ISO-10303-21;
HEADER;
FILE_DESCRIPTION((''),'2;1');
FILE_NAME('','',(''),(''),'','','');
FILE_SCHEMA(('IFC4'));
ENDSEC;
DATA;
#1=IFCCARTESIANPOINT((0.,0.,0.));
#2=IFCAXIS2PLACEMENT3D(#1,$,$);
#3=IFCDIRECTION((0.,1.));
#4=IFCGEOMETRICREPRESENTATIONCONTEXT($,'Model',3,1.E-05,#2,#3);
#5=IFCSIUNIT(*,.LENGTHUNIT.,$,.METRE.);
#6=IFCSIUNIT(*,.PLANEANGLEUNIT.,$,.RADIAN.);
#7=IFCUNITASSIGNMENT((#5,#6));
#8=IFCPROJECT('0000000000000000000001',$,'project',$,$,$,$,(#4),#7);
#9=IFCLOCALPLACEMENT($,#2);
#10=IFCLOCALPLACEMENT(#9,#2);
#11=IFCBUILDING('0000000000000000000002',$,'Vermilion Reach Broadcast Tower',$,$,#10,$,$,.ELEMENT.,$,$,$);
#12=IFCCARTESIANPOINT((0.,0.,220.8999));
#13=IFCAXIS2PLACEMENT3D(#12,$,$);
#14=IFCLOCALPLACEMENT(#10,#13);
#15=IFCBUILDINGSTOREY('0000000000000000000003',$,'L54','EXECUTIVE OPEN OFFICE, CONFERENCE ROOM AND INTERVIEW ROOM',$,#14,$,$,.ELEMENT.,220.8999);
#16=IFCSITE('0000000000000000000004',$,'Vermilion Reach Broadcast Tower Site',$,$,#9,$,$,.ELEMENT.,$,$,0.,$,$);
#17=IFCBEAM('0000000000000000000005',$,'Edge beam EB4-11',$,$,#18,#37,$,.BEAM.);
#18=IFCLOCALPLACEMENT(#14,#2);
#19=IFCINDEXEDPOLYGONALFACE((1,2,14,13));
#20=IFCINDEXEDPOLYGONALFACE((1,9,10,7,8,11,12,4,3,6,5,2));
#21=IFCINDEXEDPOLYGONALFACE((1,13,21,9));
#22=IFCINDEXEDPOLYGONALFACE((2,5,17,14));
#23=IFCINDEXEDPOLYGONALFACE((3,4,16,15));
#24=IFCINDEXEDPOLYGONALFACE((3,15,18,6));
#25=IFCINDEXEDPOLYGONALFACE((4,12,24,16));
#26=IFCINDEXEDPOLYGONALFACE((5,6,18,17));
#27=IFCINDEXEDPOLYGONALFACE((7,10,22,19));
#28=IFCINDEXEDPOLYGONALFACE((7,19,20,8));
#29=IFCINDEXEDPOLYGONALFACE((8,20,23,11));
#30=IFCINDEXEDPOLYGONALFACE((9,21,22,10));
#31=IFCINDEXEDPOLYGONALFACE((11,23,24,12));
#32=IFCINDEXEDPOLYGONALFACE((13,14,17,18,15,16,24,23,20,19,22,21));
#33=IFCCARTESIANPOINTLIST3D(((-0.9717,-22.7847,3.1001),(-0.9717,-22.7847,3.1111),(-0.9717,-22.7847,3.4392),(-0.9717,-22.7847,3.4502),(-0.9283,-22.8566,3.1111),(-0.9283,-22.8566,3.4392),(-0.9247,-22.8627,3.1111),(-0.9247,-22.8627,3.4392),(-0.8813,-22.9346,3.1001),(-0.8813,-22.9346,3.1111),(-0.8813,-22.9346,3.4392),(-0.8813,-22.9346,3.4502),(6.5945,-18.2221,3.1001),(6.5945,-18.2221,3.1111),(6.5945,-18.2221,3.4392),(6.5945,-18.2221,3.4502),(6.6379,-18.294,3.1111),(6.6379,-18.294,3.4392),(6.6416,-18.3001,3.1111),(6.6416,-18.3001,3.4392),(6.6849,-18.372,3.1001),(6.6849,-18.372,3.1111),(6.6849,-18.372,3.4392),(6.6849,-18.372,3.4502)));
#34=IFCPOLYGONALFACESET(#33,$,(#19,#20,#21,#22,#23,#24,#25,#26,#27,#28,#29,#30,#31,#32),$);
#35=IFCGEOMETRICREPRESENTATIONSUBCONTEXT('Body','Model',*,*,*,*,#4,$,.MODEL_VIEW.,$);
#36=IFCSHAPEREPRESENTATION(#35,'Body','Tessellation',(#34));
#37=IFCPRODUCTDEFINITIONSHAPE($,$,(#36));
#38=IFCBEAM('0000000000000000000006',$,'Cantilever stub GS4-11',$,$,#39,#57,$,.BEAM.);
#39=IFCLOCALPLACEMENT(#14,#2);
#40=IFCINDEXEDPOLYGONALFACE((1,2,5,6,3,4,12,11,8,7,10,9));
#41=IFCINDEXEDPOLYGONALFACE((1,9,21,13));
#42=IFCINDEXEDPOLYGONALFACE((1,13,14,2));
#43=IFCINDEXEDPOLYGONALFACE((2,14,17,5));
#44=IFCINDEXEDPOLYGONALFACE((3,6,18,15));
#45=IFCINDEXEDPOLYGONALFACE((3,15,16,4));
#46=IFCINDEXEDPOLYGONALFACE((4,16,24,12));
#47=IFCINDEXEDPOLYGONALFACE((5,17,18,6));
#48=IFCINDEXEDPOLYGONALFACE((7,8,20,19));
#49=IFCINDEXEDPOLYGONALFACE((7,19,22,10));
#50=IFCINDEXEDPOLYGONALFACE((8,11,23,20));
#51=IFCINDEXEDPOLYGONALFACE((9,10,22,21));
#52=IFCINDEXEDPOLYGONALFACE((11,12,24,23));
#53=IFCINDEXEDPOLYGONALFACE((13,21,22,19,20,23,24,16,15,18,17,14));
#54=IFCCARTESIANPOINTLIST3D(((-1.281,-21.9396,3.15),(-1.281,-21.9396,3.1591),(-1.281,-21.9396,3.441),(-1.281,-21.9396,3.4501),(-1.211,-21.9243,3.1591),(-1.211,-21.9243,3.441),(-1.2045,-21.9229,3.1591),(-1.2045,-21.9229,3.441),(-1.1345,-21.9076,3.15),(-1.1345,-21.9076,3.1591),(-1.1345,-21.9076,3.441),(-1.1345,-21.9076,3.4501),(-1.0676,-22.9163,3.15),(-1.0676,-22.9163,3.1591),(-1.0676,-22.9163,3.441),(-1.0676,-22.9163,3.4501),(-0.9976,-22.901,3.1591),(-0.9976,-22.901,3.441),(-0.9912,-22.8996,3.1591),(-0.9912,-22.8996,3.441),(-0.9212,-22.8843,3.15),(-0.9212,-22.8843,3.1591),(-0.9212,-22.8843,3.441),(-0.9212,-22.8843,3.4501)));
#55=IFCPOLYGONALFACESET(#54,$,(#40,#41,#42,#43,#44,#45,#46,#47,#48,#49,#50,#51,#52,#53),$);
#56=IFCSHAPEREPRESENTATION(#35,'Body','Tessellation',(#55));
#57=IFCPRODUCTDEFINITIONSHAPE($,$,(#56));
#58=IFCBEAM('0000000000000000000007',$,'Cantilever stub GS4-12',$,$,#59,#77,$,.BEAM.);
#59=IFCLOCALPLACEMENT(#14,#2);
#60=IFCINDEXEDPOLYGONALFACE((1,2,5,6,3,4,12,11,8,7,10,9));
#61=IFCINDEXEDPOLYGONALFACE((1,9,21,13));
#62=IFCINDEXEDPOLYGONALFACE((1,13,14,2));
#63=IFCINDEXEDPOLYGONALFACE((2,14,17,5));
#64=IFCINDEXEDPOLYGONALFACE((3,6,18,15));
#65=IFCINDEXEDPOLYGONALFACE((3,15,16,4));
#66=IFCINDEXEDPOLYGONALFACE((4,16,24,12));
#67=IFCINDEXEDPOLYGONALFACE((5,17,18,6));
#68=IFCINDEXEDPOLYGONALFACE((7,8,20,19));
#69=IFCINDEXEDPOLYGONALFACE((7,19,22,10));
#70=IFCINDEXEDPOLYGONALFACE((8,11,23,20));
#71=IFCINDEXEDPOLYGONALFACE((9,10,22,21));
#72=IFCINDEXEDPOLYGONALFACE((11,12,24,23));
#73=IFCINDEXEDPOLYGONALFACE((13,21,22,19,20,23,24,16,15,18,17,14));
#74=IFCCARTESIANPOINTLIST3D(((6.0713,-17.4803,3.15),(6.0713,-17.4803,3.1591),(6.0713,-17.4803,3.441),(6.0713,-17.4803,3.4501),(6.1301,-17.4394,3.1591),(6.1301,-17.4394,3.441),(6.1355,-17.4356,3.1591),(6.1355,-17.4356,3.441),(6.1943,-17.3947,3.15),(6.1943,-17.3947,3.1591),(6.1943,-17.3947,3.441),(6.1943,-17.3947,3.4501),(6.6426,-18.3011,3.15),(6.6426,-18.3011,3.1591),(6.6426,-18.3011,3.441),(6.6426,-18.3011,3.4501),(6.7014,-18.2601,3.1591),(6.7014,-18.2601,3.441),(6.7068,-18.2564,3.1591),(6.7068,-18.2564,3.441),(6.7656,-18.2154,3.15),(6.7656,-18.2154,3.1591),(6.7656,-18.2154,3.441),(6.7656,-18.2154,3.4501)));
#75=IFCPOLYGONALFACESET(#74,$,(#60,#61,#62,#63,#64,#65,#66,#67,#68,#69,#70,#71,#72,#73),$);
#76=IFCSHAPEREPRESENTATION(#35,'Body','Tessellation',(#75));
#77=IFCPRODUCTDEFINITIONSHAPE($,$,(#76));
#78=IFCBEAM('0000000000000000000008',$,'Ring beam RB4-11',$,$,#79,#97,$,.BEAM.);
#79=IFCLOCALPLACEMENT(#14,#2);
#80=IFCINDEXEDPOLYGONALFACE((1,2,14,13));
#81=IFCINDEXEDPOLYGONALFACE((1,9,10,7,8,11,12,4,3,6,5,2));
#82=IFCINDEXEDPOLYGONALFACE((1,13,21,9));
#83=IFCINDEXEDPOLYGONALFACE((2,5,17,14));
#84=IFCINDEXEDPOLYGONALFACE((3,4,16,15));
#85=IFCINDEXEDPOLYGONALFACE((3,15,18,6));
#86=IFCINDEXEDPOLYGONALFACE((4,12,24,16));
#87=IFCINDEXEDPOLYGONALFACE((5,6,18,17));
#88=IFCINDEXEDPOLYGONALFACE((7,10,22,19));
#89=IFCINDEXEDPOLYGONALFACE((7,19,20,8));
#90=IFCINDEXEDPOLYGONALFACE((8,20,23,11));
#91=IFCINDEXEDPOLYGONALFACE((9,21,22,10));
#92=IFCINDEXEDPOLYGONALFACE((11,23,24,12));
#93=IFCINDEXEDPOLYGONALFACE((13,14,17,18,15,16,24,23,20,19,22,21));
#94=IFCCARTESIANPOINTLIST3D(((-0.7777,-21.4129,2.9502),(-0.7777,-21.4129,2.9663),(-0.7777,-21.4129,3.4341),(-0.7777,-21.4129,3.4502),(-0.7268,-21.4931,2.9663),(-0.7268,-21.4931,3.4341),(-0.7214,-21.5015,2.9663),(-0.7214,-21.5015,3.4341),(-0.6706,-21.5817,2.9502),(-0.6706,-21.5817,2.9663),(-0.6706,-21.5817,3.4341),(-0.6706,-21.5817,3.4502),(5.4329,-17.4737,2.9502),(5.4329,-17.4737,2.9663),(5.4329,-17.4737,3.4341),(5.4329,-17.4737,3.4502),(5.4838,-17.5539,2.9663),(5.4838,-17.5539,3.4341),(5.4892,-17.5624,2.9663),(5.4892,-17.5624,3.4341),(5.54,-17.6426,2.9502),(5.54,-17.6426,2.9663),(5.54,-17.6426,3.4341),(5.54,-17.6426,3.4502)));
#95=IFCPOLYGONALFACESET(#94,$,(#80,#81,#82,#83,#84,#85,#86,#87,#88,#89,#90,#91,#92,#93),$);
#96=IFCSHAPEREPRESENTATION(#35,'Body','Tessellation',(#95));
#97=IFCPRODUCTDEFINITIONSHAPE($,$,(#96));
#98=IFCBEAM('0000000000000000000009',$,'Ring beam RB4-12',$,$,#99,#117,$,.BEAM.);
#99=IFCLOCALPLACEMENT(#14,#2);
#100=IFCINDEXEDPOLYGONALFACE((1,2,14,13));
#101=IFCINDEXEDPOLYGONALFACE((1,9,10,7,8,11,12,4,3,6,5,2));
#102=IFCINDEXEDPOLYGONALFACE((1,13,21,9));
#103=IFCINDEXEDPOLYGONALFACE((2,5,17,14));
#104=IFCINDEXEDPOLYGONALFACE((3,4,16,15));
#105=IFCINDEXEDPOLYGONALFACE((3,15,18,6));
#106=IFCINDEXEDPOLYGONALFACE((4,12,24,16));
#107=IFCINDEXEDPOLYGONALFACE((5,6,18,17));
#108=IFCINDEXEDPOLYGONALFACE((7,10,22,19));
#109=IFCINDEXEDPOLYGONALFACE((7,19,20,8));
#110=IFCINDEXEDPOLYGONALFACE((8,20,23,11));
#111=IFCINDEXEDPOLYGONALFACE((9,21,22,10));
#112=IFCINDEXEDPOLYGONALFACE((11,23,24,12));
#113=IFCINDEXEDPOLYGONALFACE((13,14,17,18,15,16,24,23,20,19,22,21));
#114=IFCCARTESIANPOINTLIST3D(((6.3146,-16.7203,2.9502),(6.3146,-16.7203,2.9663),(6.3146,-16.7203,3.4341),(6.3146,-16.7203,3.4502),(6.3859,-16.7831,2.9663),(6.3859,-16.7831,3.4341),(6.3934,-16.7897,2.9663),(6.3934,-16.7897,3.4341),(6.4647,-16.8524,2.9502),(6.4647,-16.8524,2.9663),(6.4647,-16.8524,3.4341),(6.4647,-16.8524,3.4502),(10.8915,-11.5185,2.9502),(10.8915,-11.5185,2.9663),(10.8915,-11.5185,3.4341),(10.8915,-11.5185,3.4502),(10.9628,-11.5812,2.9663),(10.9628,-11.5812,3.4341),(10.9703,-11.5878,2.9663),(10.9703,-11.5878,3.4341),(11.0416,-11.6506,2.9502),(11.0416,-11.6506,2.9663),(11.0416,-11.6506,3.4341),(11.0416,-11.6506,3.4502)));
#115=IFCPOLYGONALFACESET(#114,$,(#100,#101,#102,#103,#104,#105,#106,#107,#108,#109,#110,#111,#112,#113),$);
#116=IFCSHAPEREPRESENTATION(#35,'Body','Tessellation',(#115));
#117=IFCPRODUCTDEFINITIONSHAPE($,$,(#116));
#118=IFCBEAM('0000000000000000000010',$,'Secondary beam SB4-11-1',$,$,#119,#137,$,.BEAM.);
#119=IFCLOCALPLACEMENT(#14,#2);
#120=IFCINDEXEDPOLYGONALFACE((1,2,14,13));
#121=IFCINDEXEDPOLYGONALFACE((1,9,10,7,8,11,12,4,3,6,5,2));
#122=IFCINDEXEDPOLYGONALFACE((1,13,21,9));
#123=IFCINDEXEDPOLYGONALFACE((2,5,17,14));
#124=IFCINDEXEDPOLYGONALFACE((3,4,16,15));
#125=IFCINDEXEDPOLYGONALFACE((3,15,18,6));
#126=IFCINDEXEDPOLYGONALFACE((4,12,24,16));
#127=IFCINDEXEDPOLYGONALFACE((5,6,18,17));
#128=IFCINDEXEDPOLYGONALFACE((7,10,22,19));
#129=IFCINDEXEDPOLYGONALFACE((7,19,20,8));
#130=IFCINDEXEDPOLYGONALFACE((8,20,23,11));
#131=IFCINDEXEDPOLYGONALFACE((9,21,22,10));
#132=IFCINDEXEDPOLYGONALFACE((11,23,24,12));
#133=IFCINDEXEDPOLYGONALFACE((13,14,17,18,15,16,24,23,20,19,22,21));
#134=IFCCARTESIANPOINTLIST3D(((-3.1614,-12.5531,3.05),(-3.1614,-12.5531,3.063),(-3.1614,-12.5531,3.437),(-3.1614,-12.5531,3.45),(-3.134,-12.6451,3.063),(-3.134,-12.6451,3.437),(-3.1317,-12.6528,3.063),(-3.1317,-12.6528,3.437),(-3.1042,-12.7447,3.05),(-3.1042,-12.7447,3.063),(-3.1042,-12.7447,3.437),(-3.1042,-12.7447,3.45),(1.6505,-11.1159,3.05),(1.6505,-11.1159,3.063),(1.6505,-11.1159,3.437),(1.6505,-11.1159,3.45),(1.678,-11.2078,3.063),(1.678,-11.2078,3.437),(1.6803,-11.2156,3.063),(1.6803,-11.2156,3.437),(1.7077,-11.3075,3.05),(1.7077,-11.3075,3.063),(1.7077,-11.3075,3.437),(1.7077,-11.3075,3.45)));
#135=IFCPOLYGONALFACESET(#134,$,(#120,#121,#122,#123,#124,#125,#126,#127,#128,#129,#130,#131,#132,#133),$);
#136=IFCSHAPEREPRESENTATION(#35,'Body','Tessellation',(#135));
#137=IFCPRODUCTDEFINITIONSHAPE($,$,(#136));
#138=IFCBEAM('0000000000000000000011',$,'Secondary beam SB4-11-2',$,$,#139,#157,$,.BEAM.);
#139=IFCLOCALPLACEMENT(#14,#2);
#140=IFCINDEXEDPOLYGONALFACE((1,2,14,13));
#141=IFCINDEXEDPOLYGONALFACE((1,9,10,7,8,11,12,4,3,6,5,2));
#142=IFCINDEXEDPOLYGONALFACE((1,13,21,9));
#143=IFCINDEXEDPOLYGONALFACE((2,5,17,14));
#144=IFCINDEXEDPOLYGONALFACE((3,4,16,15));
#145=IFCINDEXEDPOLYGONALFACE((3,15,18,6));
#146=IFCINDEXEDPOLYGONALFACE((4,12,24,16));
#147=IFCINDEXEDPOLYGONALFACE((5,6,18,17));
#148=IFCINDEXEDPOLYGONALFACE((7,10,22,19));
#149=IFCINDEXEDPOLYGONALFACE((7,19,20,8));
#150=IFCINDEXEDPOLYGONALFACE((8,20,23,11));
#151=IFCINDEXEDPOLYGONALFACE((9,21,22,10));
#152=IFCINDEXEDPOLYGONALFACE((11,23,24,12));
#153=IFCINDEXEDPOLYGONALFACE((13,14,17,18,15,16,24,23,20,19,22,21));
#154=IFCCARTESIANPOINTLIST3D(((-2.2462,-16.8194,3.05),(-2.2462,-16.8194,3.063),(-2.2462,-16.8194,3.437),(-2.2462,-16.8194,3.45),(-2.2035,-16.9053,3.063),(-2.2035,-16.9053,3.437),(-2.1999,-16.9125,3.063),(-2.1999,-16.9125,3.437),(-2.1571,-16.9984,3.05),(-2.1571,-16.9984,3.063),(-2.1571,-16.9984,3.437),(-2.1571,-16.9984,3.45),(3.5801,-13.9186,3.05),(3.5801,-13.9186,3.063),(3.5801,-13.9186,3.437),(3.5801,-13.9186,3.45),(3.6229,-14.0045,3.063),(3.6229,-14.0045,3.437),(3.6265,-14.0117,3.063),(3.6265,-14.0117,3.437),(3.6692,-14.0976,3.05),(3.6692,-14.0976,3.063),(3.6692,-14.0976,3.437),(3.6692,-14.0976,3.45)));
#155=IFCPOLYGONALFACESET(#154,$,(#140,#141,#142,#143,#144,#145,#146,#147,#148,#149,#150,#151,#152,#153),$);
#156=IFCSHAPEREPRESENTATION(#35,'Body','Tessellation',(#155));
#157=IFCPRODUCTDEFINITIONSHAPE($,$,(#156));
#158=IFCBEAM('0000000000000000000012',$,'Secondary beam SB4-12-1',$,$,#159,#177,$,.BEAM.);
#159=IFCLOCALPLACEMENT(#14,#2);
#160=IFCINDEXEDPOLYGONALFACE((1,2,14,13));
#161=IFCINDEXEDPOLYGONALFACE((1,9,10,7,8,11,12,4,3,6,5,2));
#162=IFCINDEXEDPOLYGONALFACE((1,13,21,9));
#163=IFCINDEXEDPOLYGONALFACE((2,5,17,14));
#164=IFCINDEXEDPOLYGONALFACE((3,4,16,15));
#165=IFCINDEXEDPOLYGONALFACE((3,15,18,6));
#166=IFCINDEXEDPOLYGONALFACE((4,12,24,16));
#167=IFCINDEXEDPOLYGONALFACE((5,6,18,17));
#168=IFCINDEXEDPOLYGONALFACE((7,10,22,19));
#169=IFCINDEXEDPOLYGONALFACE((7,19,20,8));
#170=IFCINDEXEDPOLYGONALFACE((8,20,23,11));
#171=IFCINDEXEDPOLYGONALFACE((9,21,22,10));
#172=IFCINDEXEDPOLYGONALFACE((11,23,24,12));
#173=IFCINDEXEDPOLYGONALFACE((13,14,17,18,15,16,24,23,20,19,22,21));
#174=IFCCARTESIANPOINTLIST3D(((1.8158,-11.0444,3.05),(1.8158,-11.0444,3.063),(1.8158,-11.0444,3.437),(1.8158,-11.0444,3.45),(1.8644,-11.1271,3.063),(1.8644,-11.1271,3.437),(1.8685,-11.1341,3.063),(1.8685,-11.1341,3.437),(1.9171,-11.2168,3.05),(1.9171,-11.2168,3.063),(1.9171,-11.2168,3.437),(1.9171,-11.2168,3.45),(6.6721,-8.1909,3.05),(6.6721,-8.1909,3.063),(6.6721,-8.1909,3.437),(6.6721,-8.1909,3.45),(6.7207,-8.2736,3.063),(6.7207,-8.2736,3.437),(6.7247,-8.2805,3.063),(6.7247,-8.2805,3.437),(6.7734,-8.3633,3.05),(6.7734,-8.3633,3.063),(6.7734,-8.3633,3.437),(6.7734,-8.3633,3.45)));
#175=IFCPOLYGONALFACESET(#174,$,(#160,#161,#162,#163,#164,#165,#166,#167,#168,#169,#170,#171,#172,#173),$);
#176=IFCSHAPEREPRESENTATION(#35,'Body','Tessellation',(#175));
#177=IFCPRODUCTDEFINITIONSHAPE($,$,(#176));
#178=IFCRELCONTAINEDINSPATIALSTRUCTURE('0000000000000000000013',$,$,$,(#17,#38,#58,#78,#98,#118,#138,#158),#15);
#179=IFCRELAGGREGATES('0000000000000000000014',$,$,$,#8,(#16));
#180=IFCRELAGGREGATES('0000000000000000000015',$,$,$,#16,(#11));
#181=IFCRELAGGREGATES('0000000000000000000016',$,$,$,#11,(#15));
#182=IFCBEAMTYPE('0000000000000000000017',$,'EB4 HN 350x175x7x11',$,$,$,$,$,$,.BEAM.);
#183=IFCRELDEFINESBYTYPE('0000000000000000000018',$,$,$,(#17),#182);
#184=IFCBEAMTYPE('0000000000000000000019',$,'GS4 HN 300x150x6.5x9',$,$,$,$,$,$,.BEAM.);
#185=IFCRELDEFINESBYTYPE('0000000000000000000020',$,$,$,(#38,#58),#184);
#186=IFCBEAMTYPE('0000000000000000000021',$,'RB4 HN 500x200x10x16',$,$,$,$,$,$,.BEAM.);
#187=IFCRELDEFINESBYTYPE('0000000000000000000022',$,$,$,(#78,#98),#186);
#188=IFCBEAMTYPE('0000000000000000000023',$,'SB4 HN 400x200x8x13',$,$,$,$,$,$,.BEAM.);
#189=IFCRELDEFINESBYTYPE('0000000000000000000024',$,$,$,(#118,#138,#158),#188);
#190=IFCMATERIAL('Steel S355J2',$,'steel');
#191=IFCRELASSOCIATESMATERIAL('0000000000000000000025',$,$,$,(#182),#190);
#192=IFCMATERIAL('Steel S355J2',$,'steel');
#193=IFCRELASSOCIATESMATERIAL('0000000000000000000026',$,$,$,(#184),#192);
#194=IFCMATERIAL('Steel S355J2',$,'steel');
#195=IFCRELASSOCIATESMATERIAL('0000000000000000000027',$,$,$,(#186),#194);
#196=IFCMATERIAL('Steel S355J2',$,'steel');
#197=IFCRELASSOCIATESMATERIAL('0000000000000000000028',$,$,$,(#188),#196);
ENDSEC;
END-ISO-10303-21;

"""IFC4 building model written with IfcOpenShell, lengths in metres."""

from ifc_helpers import new_model, si_unit, direction, frame, origin, origin_2d, place, context, subcontext, project, spatial, i_section, extrude, material, material_profile, profile_set, type_object, element, save


model = new_model("IFC4")

# Units and contexts
model_context = context("Model", 3, precision=1e-05, world=origin(), true_north=direction((0.0, 1.0)))
body_context = subcontext(model_context, "Body", "Model", "MODEL_VIEW")
ifc_project = project(units=[si_unit("LENGTHUNIT", "METRE"), si_unit("PLANEANGLEUNIT", "RADIAN")], contexts=[model_context])

# Site, building, storey
site_placement = place(None, origin())
site = spatial("IfcSite", under=ifc_project, at=site_placement, Name="Vermilion Reach Broadcast Tower Site", CompositionType="ELEMENT", RefElevation=0.0)
building_placement = place(site_placement, origin())
building = spatial("IfcBuilding", under=site, at=building_placement, Name="Vermilion Reach Broadcast Tower", CompositionType="ELEMENT")
storey_placement = place(building_placement, frame((0.0, 0.0, 220.8999)))
storey = spatial("IfcBuildingStorey", under=building, at=storey_placement, Name="L54", Description="EXECUTIVE OPEN OFFICE, CONFERENCE ROOM AND INTERVIEW ROOM", CompositionType="ELEMENT", Elevation=220.8999)

# Beams
ifc_material_1 = material(Name="Steel S355J2", Category="steel")
ifc_material_profile_1 = material_profile(ifc_material_1, i_section(OverallWidth=0.175, OverallDepth=0.3501, WebThickness=0.0071, FlangeThickness=0.011, at=origin_2d()), Name="S355J2 HN 350x175x7x11")
ifc_profile_set_1 = profile_set([ifc_material_profile_1], Name="Steel S355J2")
beam_type_1 = type_object("IfcBeamType", Name="EB4 HN 350x175x7x11", PredefinedType="BEAM", material=ifc_profile_set_1)
beam_1_placement = place(storey_placement, frame((-0.9265, -22.8596, 3.2751), z_axis=(0.856352, 0.516392, 0.0), x_axis=(-0.516392, 0.856352, 0.0)))
element("IfcBeam", 1, at=beam_1_placement, inside=storey, type_object=beam_type_1, Name="Edge beam EB4-11", PredefinedType="BEAM", context=body_context, shape_type="SweptSolid", body=[
    extrude(i_section(OverallWidth=0.175, OverallDepth=0.3501, WebThickness=0.0071, FlangeThickness=0.011, at=origin_2d()), origin(), (0.0, 0.0, 1.0), 8.8354),
])
ifc_material_2 = material(Name="Steel S355J2", Category="steel")
ifc_material_profile_2 = material_profile(ifc_material_2, i_section(OverallWidth=0.1499, OverallDepth=0.3, WebThickness=0.0066, FlangeThickness=0.009, at=origin_2d()), Name="S355J2 HN 300x150x6.5x9")
ifc_profile_set_2 = profile_set([ifc_material_profile_2], Name="Steel S355J2")
beam_type_2 = type_object("IfcBeamType", Name="GS4 HN 300x150x6.5x9", PredefinedType="BEAM", material=ifc_profile_set_2)
beam_2_placement = place(storey_placement, frame((-1.2078, -21.9236, 3.3), z_axis=(0.213413, -0.976962, 0.0), x_axis=(0.976962, 0.213413, 0.0)))
element("IfcBeam", 2, at=beam_2_placement, inside=storey, type_object=beam_type_2, Name="Cantilever stub GS4-11", PredefinedType="BEAM", context=body_context, shape_type="SweptSolid", body=[
    extrude(i_section(OverallWidth=0.1499, OverallDepth=0.3, WebThickness=0.0066, FlangeThickness=0.009, at=origin_2d()), origin(), (0.0, 0.0, 1.0), 0.9998),
])
beam_3_placement = place(storey_placement, frame((6.1328, -17.4375, 3.3), z_axis=(0.571265, -0.820766, 0.0), x_axis=(0.820766, 0.571265, 0.0)))
element("IfcBeam", 3, at=beam_3_placement, inside=storey, type_object=beam_type_2, Name="Cantilever stub GS4-12", PredefinedType="BEAM", context=body_context, shape_type="SweptSolid", body=[
    extrude(i_section(OverallWidth=0.1499, OverallDepth=0.3, WebThickness=0.0066, FlangeThickness=0.009, at=origin_2d()), origin(), (0.0, 0.0, 1.0), 1.0),
])
ifc_material_3 = material(Name="Steel S355J2", Category="steel")
ifc_material_profile_3 = material_profile(ifc_material_3, i_section(OverallWidth=0.2, OverallDepth=0.5, WebThickness=0.01, FlangeThickness=0.0161, at=origin_2d()), Name="S355J2 HN 500x200x10x16")
ifc_profile_set_3 = profile_set([ifc_material_profile_3], Name="Steel S355J2")
beam_type_3 = type_object("IfcBeamType", Name="RB4 HN 500x200x10x16", PredefinedType="BEAM", material=ifc_profile_set_3)
beam_4_placement = place(storey_placement, frame((-0.7241, -21.4973, 3.2002), z_axis=(0.844464, 0.535612, 0.0), x_axis=(-0.535612, 0.844464, 0.0)))
element("IfcBeam", 4, at=beam_4_placement, inside=storey, type_object=beam_type_3, Name="Ring beam RB4-11", PredefinedType="BEAM", context=body_context, shape_type="SweptSolid", body=[
    extrude(i_section(OverallWidth=0.2, OverallDepth=0.5, WebThickness=0.01, FlangeThickness=0.0161, at=origin_2d()), origin(), (0.0, 0.0, 1.0), 7.3545),
])
beam_5_placement = place(storey_placement, frame((6.3896, -16.7864, 3.2002), z_axis=(0.660565, 0.750769, 0.0), x_axis=(-0.750769, 0.660565, 0.0)))
element("IfcBeam", 5, at=beam_5_placement, inside=storey, type_object=beam_type_3, Name="Ring beam RB4-12", PredefinedType="BEAM", context=body_context, shape_type="SweptSolid", body=[
    extrude(i_section(OverallWidth=0.2, OverallDepth=0.5, WebThickness=0.01, FlangeThickness=0.0161, at=origin_2d()), origin(), (0.0, 0.0, 1.0), 6.9287),
])
ifc_material_4 = material(Name="Steel S355J2", Category="steel")
ifc_material_profile_4 = material_profile(ifc_material_4, i_section(OverallWidth=0.2, OverallDepth=0.3999, WebThickness=0.0081, FlangeThickness=0.0129, at=origin_2d()), Name="S355J2 HN 400x200x8x13")
ifc_profile_set_4 = profile_set([ifc_material_profile_4], Name="Steel S355J2")
beam_type_4 = type_object("IfcBeamType", Name="SB4 HN 400x200x8x13", PredefinedType="BEAM", material=ifc_profile_set_4)
beam_6_placement = place(storey_placement, frame((-3.1328, -12.6489, 3.25), z_axis=(0.958173, 0.286188, 0.0), x_axis=(-0.286188, 0.958173, 0.0)))
element("IfcBeam", 6, at=beam_6_placement, inside=storey, type_object=beam_type_4, Name="Secondary beam SB4-11-1", PredefinedType="BEAM", context=body_context, shape_type="SweptSolid", body=[
    extrude(i_section(OverallWidth=0.2, OverallDepth=0.3999, WebThickness=0.0081, FlangeThickness=0.0129, at=origin_2d()), origin(), (0.0, 0.0, 1.0), 5.022),
])
beam_7_placement = place(storey_placement, frame((-2.2017, -16.9089, 3.25), z_axis=(0.895184, 0.445698, 0.0), x_axis=(-0.445698, 0.895184, 0.0)))
element("IfcBeam", 7, at=beam_7_placement, inside=storey, type_object=beam_type_4, Name="Secondary beam SB4-11-2", PredefinedType="BEAM", context=body_context, shape_type="SweptSolid", body=[
    extrude(i_section(OverallWidth=0.2, OverallDepth=0.3999, WebThickness=0.0081, FlangeThickness=0.0129, at=origin_2d()), origin(), (0.0, 0.0, 1.0), 6.5085),
])
beam_8_placement = place(storey_placement, frame((1.8665, -11.1306, 3.25), z_axis=(0.862173, 0.506615, 0.0), x_axis=(-0.506615, 0.862173, 0.0)))
element("IfcBeam", 8, at=beam_8_placement, inside=storey, type_object=beam_type_4, Name="Secondary beam SB4-12-1", PredefinedType="BEAM", context=body_context, shape_type="SweptSolid", body=[
    extrude(i_section(OverallWidth=0.2, OverallDepth=0.3999, WebThickness=0.0081, FlangeThickness=0.0129, at=origin_2d()), origin(), (0.0, 0.0, 1.0), 5.6326),
])

save(model, "model.ifc")
